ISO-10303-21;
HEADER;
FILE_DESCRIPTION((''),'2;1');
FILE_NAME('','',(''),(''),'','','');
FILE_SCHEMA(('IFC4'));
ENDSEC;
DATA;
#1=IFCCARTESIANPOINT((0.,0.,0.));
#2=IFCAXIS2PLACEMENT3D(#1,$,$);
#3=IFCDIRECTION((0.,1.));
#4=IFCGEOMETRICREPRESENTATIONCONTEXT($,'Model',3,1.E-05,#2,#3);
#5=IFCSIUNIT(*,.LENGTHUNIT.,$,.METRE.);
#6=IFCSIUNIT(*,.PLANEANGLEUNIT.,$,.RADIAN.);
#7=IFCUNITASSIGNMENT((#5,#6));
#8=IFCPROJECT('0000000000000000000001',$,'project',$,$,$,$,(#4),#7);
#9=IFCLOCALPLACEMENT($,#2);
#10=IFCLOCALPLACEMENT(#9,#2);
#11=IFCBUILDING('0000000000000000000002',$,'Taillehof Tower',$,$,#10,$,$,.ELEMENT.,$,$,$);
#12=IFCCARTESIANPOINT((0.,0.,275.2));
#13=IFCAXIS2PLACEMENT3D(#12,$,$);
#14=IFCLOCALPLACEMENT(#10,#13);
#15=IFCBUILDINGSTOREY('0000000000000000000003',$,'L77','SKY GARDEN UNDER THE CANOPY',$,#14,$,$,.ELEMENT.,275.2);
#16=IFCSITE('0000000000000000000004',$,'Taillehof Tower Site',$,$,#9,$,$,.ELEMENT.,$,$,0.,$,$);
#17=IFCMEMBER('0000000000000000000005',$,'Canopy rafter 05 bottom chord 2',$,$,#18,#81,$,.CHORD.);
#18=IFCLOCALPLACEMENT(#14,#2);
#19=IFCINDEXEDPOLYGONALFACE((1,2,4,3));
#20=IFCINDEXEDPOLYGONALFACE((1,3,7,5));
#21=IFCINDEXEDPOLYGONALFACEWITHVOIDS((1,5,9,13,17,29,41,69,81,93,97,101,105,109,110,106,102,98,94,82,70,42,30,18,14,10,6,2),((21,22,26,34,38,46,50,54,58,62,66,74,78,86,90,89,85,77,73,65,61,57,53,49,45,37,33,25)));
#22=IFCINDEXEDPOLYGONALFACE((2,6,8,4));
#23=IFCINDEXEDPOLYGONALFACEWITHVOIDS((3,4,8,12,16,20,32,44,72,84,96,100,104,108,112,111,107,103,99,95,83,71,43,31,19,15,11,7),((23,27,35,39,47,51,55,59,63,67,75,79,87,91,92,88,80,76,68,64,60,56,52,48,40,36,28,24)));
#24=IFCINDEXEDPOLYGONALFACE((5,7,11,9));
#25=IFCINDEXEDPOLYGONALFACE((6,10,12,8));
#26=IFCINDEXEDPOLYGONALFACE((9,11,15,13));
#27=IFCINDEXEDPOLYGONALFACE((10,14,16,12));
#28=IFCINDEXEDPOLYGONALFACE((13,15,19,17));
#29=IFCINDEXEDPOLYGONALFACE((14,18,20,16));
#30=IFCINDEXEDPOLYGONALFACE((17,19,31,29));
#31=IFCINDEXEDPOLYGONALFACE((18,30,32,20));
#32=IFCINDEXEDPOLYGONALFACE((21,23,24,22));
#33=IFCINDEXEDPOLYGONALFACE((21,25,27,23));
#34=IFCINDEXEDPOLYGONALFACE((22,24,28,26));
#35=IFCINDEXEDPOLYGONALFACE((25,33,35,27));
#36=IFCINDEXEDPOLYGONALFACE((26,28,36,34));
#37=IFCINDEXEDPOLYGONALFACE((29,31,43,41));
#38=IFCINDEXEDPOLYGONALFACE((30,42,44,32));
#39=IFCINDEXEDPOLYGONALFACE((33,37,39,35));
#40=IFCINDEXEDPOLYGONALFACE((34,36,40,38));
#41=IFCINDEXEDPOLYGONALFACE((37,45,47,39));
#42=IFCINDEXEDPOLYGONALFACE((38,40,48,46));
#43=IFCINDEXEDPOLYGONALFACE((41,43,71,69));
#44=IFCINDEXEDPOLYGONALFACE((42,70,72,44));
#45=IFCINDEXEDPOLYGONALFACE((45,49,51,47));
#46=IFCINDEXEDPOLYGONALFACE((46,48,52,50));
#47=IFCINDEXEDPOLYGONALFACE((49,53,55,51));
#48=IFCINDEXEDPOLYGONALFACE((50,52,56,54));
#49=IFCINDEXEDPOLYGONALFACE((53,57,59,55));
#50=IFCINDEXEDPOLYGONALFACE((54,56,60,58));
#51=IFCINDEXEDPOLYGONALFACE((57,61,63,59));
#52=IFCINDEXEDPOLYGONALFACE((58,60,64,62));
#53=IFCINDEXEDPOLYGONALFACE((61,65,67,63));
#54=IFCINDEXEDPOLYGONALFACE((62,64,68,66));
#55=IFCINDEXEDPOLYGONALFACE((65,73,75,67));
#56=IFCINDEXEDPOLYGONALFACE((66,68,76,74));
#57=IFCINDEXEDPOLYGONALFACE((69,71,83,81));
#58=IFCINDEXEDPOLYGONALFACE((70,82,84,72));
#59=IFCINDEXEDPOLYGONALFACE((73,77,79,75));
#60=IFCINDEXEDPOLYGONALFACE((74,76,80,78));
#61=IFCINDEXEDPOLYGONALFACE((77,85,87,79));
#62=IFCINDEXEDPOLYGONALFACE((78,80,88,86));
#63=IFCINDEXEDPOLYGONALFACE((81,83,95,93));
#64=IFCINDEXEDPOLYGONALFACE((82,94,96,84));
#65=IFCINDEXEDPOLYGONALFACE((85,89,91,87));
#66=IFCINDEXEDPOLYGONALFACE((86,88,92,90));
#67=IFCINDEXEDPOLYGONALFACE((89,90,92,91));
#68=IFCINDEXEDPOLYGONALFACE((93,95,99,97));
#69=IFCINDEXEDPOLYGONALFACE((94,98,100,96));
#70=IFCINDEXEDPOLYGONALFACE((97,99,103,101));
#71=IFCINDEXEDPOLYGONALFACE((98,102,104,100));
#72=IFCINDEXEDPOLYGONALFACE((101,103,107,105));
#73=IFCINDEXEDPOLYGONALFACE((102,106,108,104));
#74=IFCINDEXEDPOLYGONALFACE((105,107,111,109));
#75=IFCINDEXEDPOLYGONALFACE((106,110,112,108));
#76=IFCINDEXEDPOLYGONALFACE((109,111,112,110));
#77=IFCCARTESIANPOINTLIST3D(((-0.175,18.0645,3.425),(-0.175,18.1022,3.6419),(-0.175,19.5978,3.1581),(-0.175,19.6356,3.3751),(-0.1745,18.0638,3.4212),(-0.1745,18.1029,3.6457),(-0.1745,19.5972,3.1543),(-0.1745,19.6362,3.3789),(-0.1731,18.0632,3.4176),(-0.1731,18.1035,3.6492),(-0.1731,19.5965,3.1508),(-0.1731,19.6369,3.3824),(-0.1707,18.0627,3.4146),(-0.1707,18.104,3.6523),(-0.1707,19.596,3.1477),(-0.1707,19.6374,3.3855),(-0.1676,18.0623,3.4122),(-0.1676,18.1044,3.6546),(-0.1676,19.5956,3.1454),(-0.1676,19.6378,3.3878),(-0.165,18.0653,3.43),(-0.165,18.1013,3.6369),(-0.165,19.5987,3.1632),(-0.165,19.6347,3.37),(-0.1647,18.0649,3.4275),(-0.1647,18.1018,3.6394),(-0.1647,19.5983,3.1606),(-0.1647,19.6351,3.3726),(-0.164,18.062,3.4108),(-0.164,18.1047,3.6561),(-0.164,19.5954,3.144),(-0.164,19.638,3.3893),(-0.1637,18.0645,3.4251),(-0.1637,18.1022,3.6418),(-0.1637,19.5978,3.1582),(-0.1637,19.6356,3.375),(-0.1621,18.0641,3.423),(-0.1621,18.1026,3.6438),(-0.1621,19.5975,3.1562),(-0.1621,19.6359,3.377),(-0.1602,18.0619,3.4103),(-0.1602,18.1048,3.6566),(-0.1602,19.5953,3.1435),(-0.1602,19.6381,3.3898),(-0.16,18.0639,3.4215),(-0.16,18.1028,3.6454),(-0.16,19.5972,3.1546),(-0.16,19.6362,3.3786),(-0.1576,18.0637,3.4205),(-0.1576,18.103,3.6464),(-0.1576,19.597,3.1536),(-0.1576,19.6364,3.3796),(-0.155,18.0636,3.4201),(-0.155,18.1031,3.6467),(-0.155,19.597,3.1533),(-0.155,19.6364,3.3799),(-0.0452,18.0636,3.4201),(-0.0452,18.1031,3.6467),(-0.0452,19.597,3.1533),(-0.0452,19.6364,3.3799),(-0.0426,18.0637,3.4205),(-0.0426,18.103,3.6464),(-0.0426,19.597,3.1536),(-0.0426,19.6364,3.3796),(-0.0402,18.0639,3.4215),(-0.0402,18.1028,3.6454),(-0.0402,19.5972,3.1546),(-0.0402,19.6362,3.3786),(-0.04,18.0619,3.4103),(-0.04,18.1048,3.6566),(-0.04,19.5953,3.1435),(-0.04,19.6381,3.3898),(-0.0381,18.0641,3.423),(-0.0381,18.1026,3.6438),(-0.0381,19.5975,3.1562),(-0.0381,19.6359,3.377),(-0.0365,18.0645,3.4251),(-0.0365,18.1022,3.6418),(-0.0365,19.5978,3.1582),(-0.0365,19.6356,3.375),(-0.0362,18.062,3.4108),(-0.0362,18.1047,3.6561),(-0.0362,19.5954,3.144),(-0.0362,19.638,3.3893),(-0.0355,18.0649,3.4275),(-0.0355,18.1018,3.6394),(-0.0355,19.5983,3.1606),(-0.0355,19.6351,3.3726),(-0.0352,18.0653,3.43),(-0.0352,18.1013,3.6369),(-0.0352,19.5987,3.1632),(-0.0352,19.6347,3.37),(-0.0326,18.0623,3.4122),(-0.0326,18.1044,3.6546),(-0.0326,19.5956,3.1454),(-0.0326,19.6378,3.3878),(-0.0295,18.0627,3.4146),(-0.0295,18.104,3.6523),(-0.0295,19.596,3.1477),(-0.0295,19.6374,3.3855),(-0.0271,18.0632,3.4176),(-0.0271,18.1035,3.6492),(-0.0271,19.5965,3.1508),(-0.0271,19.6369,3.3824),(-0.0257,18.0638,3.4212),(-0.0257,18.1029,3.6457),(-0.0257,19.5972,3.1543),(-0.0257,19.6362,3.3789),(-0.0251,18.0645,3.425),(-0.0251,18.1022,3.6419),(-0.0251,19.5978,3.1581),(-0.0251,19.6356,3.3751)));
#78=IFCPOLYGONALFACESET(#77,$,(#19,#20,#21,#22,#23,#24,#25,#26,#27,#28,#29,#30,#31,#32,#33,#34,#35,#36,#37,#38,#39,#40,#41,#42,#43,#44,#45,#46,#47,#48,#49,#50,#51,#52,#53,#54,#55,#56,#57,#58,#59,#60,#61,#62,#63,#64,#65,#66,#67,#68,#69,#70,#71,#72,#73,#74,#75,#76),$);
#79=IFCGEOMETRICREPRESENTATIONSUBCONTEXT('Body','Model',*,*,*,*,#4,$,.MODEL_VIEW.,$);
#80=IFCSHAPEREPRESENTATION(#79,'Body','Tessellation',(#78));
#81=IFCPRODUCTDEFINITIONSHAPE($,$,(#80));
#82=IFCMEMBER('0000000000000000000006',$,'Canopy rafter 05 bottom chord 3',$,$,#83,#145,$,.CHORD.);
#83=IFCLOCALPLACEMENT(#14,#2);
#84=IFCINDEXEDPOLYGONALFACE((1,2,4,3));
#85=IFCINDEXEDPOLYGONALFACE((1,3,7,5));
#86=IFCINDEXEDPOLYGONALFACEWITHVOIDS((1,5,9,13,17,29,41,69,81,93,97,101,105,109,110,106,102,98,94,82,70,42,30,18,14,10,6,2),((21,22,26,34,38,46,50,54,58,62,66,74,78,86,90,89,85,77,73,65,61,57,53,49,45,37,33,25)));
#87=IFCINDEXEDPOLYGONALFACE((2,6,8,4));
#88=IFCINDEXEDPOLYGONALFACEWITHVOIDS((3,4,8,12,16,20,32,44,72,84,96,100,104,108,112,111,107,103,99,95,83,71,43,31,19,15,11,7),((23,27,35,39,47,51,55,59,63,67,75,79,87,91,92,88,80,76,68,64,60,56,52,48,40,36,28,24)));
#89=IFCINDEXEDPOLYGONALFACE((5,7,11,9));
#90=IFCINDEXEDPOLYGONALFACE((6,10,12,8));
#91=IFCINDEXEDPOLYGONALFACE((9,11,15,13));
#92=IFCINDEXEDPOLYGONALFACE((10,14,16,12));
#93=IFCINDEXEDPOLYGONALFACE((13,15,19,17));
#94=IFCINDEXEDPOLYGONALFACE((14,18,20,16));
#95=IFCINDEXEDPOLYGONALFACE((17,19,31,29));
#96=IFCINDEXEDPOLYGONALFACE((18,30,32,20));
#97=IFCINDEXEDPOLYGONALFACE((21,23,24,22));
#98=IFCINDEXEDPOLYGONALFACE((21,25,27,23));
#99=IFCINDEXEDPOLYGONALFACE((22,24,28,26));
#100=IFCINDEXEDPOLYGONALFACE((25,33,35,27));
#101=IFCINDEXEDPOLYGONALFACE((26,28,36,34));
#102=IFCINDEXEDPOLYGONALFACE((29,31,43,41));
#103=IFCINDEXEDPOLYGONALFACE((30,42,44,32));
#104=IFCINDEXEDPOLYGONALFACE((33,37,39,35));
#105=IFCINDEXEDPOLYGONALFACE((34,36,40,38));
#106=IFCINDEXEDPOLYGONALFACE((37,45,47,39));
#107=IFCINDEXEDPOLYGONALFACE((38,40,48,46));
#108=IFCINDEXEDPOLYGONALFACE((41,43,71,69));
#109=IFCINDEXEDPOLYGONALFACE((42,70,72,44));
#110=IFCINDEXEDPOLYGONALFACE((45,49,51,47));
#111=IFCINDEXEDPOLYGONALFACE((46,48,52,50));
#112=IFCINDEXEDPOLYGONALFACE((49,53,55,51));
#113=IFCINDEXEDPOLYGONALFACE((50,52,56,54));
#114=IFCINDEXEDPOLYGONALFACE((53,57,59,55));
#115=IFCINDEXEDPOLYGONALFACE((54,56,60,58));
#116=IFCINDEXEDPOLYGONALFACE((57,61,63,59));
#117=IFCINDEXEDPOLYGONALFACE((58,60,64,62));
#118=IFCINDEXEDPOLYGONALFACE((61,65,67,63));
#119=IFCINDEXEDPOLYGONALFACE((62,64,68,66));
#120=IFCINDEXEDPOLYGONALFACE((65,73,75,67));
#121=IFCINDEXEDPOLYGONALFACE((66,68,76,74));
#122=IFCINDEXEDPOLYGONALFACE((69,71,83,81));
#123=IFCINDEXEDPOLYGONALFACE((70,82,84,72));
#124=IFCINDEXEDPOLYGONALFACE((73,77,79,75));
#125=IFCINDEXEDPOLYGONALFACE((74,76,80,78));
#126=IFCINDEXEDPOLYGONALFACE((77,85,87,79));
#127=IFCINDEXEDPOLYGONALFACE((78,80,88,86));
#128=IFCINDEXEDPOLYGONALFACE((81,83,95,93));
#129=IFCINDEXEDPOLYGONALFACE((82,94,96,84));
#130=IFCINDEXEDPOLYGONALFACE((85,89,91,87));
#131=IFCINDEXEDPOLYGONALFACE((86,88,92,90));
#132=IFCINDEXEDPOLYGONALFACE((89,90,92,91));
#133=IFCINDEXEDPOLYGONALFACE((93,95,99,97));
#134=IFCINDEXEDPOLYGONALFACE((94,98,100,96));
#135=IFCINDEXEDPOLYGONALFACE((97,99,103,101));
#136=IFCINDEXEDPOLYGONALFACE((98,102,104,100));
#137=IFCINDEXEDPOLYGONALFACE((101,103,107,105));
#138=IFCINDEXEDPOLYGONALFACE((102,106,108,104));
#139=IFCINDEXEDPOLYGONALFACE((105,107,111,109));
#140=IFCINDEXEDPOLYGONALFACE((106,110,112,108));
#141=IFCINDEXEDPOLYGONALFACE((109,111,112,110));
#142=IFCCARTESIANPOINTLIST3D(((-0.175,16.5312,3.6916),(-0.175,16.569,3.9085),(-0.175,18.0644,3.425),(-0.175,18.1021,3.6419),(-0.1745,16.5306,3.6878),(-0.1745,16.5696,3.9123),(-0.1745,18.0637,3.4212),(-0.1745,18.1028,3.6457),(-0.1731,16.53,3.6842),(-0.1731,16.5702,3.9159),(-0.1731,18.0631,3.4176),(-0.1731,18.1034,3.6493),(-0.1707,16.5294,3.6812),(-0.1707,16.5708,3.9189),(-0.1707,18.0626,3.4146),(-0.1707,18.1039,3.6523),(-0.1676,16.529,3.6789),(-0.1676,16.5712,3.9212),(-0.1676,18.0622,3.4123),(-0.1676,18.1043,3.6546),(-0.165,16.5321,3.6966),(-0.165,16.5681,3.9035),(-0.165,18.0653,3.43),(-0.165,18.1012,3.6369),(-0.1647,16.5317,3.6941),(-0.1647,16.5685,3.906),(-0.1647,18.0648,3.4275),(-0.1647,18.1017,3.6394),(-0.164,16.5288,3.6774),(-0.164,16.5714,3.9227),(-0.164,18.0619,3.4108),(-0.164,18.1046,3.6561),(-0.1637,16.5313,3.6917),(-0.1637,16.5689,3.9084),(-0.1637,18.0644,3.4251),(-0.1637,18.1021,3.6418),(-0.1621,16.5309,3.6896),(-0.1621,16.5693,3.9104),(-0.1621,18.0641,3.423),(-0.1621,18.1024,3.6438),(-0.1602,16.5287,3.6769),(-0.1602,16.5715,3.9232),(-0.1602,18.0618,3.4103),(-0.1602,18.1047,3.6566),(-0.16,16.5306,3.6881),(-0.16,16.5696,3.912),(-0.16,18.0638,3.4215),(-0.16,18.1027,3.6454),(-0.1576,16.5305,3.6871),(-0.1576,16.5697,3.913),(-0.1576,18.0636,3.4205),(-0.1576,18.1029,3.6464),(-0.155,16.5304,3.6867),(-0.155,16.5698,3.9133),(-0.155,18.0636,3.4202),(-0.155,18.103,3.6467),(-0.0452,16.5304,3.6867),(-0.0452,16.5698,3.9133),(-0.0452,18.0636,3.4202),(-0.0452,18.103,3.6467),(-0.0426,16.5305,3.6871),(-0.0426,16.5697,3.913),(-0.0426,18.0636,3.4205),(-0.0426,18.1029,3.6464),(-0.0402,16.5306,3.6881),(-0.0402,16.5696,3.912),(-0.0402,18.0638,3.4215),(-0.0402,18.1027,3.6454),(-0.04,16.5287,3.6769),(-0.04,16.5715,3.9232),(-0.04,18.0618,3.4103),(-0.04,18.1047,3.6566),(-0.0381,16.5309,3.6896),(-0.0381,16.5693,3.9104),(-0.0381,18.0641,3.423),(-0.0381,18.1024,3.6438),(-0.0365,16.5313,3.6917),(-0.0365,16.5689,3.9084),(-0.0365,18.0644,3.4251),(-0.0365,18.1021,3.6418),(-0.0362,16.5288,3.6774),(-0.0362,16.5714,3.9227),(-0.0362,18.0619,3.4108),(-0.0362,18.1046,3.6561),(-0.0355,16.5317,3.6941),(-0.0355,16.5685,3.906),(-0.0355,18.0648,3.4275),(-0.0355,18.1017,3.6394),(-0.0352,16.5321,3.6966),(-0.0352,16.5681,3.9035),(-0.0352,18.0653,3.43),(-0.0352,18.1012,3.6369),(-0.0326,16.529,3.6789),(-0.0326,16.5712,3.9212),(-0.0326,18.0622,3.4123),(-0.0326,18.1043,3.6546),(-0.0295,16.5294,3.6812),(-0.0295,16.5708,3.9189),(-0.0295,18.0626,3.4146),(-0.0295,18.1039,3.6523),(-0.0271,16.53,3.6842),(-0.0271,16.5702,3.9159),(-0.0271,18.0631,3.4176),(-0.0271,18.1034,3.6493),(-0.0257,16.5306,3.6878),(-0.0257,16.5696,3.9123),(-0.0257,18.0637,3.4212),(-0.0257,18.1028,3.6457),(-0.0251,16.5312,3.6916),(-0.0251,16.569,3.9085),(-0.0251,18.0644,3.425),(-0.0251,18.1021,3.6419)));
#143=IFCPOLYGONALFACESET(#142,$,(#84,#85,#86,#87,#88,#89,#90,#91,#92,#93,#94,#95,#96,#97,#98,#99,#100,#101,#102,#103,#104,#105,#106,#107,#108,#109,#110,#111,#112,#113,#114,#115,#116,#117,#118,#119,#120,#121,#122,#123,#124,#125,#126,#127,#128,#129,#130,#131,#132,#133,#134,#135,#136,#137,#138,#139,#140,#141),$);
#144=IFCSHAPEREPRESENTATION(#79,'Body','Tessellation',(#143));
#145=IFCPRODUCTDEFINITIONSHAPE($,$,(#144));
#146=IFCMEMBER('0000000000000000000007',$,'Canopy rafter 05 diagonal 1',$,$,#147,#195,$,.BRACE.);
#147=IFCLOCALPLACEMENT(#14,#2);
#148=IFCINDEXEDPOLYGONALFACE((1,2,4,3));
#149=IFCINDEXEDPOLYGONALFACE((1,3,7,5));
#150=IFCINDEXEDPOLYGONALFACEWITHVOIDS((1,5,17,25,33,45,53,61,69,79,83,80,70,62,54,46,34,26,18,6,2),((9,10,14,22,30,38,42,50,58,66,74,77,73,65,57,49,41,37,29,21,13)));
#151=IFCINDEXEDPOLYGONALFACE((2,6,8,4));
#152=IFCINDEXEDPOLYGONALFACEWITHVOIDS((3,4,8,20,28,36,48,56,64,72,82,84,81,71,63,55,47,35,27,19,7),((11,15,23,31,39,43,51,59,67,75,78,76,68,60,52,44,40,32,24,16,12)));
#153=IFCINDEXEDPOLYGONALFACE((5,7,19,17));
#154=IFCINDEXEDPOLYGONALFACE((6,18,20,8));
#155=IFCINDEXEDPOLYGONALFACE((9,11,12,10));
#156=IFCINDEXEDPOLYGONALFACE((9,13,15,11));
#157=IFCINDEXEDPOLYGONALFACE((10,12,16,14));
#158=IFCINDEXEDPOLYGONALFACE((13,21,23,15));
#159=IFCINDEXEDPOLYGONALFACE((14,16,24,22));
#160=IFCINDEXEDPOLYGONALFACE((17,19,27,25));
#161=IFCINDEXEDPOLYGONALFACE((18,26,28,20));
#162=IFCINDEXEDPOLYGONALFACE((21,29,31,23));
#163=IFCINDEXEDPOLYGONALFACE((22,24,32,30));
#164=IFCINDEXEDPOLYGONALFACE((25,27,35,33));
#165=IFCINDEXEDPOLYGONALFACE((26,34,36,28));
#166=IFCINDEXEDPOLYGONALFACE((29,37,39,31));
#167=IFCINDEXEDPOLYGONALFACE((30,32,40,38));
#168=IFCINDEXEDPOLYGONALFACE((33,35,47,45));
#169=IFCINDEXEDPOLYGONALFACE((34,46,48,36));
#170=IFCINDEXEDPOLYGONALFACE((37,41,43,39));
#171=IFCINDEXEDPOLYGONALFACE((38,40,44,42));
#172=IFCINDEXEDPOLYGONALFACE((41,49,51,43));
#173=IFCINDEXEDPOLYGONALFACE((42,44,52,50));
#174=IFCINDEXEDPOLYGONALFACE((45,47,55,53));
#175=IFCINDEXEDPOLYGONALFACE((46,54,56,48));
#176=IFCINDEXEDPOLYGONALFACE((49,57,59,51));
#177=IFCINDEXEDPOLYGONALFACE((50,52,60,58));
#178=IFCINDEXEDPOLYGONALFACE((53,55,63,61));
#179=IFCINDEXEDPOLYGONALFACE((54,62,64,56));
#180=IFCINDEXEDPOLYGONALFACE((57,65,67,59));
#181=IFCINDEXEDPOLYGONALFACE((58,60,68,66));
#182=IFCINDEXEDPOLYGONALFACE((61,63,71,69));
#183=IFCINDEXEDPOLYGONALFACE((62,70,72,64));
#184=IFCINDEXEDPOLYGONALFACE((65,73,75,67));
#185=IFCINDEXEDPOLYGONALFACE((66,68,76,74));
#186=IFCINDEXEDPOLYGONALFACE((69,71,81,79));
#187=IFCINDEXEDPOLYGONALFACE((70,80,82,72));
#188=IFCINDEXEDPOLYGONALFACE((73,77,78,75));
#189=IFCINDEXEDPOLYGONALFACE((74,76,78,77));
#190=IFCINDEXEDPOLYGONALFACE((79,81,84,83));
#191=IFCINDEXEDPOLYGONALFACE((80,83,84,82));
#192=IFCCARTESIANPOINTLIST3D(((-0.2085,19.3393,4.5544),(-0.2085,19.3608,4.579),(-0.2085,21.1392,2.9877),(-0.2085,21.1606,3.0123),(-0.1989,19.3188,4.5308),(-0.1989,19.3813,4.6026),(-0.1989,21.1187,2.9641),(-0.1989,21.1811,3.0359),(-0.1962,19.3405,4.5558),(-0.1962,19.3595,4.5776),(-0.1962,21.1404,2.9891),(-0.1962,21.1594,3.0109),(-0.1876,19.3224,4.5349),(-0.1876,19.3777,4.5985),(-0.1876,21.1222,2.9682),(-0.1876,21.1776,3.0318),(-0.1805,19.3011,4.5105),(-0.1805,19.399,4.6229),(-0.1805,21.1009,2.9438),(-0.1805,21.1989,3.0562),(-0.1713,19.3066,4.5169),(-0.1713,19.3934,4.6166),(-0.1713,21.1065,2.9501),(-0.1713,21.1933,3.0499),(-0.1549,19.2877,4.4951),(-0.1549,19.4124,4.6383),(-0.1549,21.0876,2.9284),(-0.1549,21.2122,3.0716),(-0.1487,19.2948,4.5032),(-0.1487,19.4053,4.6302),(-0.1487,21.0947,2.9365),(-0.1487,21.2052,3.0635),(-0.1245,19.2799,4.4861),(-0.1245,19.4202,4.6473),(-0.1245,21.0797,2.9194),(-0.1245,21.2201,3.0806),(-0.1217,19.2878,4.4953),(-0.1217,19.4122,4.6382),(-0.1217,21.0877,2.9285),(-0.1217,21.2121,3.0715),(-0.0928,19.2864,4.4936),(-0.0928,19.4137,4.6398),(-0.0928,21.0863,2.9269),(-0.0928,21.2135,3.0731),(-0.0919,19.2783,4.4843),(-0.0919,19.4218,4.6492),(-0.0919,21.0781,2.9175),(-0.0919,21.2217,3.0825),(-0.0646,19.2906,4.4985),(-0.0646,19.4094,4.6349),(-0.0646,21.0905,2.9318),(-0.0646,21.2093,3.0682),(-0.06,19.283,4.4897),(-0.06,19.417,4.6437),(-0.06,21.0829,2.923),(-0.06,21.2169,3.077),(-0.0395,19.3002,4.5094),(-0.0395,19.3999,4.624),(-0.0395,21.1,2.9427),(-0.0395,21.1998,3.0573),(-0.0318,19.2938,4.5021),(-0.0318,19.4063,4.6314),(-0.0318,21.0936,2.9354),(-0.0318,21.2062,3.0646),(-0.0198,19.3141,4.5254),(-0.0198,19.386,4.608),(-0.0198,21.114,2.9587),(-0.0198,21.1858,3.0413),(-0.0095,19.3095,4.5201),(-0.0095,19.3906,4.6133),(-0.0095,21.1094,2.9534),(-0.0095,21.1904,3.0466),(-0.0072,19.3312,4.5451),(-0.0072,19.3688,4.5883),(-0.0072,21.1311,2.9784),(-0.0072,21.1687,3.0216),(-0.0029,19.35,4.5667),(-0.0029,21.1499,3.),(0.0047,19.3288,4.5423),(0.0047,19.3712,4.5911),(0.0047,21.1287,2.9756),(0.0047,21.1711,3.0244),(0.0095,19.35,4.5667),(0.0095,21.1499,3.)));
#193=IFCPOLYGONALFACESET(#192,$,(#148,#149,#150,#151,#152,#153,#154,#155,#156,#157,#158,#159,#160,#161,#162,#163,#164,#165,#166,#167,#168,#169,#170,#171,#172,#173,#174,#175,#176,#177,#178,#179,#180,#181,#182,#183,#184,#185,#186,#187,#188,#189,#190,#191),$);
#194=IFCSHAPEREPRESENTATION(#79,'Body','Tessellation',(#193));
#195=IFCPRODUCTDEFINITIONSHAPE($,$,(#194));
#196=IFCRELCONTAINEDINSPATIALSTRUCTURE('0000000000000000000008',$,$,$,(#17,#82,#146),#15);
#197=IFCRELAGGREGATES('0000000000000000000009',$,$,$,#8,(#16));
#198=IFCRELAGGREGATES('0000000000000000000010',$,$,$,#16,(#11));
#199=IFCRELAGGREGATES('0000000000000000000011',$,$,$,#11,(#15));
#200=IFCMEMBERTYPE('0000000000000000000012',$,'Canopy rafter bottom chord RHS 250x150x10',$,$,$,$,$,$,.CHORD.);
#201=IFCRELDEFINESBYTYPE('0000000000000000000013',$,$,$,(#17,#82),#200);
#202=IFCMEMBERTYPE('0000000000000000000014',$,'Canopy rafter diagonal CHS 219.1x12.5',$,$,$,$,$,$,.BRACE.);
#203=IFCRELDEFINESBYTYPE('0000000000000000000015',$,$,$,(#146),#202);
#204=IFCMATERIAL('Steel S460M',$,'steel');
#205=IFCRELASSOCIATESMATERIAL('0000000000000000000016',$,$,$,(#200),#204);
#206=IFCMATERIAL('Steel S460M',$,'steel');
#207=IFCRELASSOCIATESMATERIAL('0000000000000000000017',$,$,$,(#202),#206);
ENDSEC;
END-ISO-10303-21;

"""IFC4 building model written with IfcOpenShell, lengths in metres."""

from ifc_helpers import new_model, si_unit, direction, frame, origin, origin_2d, place, context, subcontext, project, spatial, hollow_rectangle, hollow_circle, extrude, material, material_profile, profile_set, type_object, element, save


model = new_model("IFC4")

# Units and contexts
model_context = context("Model", 3, precision=1e-05, world=origin(), true_north=direction((0.0, 1.0)))
body_context = subcontext(model_context, "Body", "Model", "MODEL_VIEW")
ifc_project = project(units=[si_unit("LENGTHUNIT", "METRE"), si_unit("PLANEANGLEUNIT", "RADIAN")], contexts=[model_context])

# Site, building, storey
site_placement = place(None, origin())
site = spatial("IfcSite", under=ifc_project, at=site_placement, Name="Taillehof Tower Site", CompositionType="ELEMENT", RefElevation=0.0)
building_placement = place(site_placement, origin())
building = spatial("IfcBuilding", under=site, at=building_placement, Name="Taillehof Tower", CompositionType="ELEMENT")
storey_placement = place(building_placement, frame((0.0, 0.0, 275.2)))
storey = spatial("IfcBuildingStorey", under=building, at=storey_placement, Name="L77", Description="SKY GARDEN UNDER THE CANOPY", CompositionType="ELEMENT", Elevation=275.2)

# Members
ifc_material_1 = material(Name="Steel S460M", Category="steel")
ifc_material_profile_1 = material_profile(ifc_material_1, hollow_rectangle(XDim=0.1499, YDim=0.25, WallThickness=0.01, InnerFilletRadius=0.01, OuterFilletRadius=0.0149, at=origin_2d()), Name="RHS 250x150x10")
ifc_profile_set_1 = profile_set([ifc_material_profile_1], Name="Steel S460M")
member_type_1 = type_object("IfcMemberType", Name="Canopy rafter bottom chord RHS 250x150x10", PredefinedType="CHORD", material=ifc_profile_set_1)
member_1_placement = place(storey_placement, frame((-0.1001, 19.6167, 3.2666), z_axis=(0.0, -0.985194, 0.17144), x_axis=(1.0, 0.0, 0.0)))
element("IfcMember", 1, at=member_1_placement, inside=storey, type_object=member_type_1, Name="Canopy rafter 05 bottom chord 2", PredefinedType="CHORD", context=body_context, shape_type="SweptSolid", body=[
    extrude(hollow_rectangle(XDim=0.1499, YDim=0.25, WallThickness=0.01, InnerFilletRadius=0.01, OuterFilletRadius=0.0149, at=origin_2d()), origin(), (0.0, 0.0, 1.0), 1.5564),
])
member_2_placement = place(storey_placement, frame((-0.1001, 18.0833, 3.5334), z_axis=(0.0, -0.985216, 0.171315), x_axis=(1.0, 0.0, 0.0)))
element("IfcMember", 2, at=member_2_placement, inside=storey, type_object=member_type_1, Name="Canopy rafter 05 bottom chord 3", PredefinedType="CHORD", context=body_context, shape_type="SweptSolid", body=[
    extrude(hollow_rectangle(XDim=0.1499, YDim=0.25, WallThickness=0.01, InnerFilletRadius=0.01, OuterFilletRadius=0.0149, at=origin_2d()), origin(), (0.0, 0.0, 1.0), 1.5562),
])
ifc_material_2 = material(Name="Steel S460M", Category="steel")
ifc_material_profile_2 = material_profile(ifc_material_2, hollow_circle(Radius=0.1096, WallThickness=0.0125, at=origin_2d()), Name="CHS 219.1x12.5")
ifc_profile_set_2 = profile_set([ifc_material_profile_2], Name="Steel S460M")
member_type_2 = type_object("IfcMemberType", Name="Canopy rafter diagonal CHS 219.1x12.5", PredefinedType="BRACE", material=ifc_profile_set_2)
member_3_placement = place(storey_placement, frame((-0.1001, 21.1499, 3.0), z_axis=(0.0, -0.754273, 0.656561), x_axis=(1.0, 0.0, 0.0)))
element("IfcMember", 3, at=member_3_placement, inside=storey, type_object=member_type_2, Name="Canopy rafter 05 diagonal 1", PredefinedType="BRACE", context=body_context, shape_type="SweptSolid", body=[
    extrude(hollow_circle(Radius=0.1096, WallThickness=0.0125, at=origin_2d()), origin(), (0.0, 0.0, 1.0), 2.3862),
])

save(model, "model.ifc")
